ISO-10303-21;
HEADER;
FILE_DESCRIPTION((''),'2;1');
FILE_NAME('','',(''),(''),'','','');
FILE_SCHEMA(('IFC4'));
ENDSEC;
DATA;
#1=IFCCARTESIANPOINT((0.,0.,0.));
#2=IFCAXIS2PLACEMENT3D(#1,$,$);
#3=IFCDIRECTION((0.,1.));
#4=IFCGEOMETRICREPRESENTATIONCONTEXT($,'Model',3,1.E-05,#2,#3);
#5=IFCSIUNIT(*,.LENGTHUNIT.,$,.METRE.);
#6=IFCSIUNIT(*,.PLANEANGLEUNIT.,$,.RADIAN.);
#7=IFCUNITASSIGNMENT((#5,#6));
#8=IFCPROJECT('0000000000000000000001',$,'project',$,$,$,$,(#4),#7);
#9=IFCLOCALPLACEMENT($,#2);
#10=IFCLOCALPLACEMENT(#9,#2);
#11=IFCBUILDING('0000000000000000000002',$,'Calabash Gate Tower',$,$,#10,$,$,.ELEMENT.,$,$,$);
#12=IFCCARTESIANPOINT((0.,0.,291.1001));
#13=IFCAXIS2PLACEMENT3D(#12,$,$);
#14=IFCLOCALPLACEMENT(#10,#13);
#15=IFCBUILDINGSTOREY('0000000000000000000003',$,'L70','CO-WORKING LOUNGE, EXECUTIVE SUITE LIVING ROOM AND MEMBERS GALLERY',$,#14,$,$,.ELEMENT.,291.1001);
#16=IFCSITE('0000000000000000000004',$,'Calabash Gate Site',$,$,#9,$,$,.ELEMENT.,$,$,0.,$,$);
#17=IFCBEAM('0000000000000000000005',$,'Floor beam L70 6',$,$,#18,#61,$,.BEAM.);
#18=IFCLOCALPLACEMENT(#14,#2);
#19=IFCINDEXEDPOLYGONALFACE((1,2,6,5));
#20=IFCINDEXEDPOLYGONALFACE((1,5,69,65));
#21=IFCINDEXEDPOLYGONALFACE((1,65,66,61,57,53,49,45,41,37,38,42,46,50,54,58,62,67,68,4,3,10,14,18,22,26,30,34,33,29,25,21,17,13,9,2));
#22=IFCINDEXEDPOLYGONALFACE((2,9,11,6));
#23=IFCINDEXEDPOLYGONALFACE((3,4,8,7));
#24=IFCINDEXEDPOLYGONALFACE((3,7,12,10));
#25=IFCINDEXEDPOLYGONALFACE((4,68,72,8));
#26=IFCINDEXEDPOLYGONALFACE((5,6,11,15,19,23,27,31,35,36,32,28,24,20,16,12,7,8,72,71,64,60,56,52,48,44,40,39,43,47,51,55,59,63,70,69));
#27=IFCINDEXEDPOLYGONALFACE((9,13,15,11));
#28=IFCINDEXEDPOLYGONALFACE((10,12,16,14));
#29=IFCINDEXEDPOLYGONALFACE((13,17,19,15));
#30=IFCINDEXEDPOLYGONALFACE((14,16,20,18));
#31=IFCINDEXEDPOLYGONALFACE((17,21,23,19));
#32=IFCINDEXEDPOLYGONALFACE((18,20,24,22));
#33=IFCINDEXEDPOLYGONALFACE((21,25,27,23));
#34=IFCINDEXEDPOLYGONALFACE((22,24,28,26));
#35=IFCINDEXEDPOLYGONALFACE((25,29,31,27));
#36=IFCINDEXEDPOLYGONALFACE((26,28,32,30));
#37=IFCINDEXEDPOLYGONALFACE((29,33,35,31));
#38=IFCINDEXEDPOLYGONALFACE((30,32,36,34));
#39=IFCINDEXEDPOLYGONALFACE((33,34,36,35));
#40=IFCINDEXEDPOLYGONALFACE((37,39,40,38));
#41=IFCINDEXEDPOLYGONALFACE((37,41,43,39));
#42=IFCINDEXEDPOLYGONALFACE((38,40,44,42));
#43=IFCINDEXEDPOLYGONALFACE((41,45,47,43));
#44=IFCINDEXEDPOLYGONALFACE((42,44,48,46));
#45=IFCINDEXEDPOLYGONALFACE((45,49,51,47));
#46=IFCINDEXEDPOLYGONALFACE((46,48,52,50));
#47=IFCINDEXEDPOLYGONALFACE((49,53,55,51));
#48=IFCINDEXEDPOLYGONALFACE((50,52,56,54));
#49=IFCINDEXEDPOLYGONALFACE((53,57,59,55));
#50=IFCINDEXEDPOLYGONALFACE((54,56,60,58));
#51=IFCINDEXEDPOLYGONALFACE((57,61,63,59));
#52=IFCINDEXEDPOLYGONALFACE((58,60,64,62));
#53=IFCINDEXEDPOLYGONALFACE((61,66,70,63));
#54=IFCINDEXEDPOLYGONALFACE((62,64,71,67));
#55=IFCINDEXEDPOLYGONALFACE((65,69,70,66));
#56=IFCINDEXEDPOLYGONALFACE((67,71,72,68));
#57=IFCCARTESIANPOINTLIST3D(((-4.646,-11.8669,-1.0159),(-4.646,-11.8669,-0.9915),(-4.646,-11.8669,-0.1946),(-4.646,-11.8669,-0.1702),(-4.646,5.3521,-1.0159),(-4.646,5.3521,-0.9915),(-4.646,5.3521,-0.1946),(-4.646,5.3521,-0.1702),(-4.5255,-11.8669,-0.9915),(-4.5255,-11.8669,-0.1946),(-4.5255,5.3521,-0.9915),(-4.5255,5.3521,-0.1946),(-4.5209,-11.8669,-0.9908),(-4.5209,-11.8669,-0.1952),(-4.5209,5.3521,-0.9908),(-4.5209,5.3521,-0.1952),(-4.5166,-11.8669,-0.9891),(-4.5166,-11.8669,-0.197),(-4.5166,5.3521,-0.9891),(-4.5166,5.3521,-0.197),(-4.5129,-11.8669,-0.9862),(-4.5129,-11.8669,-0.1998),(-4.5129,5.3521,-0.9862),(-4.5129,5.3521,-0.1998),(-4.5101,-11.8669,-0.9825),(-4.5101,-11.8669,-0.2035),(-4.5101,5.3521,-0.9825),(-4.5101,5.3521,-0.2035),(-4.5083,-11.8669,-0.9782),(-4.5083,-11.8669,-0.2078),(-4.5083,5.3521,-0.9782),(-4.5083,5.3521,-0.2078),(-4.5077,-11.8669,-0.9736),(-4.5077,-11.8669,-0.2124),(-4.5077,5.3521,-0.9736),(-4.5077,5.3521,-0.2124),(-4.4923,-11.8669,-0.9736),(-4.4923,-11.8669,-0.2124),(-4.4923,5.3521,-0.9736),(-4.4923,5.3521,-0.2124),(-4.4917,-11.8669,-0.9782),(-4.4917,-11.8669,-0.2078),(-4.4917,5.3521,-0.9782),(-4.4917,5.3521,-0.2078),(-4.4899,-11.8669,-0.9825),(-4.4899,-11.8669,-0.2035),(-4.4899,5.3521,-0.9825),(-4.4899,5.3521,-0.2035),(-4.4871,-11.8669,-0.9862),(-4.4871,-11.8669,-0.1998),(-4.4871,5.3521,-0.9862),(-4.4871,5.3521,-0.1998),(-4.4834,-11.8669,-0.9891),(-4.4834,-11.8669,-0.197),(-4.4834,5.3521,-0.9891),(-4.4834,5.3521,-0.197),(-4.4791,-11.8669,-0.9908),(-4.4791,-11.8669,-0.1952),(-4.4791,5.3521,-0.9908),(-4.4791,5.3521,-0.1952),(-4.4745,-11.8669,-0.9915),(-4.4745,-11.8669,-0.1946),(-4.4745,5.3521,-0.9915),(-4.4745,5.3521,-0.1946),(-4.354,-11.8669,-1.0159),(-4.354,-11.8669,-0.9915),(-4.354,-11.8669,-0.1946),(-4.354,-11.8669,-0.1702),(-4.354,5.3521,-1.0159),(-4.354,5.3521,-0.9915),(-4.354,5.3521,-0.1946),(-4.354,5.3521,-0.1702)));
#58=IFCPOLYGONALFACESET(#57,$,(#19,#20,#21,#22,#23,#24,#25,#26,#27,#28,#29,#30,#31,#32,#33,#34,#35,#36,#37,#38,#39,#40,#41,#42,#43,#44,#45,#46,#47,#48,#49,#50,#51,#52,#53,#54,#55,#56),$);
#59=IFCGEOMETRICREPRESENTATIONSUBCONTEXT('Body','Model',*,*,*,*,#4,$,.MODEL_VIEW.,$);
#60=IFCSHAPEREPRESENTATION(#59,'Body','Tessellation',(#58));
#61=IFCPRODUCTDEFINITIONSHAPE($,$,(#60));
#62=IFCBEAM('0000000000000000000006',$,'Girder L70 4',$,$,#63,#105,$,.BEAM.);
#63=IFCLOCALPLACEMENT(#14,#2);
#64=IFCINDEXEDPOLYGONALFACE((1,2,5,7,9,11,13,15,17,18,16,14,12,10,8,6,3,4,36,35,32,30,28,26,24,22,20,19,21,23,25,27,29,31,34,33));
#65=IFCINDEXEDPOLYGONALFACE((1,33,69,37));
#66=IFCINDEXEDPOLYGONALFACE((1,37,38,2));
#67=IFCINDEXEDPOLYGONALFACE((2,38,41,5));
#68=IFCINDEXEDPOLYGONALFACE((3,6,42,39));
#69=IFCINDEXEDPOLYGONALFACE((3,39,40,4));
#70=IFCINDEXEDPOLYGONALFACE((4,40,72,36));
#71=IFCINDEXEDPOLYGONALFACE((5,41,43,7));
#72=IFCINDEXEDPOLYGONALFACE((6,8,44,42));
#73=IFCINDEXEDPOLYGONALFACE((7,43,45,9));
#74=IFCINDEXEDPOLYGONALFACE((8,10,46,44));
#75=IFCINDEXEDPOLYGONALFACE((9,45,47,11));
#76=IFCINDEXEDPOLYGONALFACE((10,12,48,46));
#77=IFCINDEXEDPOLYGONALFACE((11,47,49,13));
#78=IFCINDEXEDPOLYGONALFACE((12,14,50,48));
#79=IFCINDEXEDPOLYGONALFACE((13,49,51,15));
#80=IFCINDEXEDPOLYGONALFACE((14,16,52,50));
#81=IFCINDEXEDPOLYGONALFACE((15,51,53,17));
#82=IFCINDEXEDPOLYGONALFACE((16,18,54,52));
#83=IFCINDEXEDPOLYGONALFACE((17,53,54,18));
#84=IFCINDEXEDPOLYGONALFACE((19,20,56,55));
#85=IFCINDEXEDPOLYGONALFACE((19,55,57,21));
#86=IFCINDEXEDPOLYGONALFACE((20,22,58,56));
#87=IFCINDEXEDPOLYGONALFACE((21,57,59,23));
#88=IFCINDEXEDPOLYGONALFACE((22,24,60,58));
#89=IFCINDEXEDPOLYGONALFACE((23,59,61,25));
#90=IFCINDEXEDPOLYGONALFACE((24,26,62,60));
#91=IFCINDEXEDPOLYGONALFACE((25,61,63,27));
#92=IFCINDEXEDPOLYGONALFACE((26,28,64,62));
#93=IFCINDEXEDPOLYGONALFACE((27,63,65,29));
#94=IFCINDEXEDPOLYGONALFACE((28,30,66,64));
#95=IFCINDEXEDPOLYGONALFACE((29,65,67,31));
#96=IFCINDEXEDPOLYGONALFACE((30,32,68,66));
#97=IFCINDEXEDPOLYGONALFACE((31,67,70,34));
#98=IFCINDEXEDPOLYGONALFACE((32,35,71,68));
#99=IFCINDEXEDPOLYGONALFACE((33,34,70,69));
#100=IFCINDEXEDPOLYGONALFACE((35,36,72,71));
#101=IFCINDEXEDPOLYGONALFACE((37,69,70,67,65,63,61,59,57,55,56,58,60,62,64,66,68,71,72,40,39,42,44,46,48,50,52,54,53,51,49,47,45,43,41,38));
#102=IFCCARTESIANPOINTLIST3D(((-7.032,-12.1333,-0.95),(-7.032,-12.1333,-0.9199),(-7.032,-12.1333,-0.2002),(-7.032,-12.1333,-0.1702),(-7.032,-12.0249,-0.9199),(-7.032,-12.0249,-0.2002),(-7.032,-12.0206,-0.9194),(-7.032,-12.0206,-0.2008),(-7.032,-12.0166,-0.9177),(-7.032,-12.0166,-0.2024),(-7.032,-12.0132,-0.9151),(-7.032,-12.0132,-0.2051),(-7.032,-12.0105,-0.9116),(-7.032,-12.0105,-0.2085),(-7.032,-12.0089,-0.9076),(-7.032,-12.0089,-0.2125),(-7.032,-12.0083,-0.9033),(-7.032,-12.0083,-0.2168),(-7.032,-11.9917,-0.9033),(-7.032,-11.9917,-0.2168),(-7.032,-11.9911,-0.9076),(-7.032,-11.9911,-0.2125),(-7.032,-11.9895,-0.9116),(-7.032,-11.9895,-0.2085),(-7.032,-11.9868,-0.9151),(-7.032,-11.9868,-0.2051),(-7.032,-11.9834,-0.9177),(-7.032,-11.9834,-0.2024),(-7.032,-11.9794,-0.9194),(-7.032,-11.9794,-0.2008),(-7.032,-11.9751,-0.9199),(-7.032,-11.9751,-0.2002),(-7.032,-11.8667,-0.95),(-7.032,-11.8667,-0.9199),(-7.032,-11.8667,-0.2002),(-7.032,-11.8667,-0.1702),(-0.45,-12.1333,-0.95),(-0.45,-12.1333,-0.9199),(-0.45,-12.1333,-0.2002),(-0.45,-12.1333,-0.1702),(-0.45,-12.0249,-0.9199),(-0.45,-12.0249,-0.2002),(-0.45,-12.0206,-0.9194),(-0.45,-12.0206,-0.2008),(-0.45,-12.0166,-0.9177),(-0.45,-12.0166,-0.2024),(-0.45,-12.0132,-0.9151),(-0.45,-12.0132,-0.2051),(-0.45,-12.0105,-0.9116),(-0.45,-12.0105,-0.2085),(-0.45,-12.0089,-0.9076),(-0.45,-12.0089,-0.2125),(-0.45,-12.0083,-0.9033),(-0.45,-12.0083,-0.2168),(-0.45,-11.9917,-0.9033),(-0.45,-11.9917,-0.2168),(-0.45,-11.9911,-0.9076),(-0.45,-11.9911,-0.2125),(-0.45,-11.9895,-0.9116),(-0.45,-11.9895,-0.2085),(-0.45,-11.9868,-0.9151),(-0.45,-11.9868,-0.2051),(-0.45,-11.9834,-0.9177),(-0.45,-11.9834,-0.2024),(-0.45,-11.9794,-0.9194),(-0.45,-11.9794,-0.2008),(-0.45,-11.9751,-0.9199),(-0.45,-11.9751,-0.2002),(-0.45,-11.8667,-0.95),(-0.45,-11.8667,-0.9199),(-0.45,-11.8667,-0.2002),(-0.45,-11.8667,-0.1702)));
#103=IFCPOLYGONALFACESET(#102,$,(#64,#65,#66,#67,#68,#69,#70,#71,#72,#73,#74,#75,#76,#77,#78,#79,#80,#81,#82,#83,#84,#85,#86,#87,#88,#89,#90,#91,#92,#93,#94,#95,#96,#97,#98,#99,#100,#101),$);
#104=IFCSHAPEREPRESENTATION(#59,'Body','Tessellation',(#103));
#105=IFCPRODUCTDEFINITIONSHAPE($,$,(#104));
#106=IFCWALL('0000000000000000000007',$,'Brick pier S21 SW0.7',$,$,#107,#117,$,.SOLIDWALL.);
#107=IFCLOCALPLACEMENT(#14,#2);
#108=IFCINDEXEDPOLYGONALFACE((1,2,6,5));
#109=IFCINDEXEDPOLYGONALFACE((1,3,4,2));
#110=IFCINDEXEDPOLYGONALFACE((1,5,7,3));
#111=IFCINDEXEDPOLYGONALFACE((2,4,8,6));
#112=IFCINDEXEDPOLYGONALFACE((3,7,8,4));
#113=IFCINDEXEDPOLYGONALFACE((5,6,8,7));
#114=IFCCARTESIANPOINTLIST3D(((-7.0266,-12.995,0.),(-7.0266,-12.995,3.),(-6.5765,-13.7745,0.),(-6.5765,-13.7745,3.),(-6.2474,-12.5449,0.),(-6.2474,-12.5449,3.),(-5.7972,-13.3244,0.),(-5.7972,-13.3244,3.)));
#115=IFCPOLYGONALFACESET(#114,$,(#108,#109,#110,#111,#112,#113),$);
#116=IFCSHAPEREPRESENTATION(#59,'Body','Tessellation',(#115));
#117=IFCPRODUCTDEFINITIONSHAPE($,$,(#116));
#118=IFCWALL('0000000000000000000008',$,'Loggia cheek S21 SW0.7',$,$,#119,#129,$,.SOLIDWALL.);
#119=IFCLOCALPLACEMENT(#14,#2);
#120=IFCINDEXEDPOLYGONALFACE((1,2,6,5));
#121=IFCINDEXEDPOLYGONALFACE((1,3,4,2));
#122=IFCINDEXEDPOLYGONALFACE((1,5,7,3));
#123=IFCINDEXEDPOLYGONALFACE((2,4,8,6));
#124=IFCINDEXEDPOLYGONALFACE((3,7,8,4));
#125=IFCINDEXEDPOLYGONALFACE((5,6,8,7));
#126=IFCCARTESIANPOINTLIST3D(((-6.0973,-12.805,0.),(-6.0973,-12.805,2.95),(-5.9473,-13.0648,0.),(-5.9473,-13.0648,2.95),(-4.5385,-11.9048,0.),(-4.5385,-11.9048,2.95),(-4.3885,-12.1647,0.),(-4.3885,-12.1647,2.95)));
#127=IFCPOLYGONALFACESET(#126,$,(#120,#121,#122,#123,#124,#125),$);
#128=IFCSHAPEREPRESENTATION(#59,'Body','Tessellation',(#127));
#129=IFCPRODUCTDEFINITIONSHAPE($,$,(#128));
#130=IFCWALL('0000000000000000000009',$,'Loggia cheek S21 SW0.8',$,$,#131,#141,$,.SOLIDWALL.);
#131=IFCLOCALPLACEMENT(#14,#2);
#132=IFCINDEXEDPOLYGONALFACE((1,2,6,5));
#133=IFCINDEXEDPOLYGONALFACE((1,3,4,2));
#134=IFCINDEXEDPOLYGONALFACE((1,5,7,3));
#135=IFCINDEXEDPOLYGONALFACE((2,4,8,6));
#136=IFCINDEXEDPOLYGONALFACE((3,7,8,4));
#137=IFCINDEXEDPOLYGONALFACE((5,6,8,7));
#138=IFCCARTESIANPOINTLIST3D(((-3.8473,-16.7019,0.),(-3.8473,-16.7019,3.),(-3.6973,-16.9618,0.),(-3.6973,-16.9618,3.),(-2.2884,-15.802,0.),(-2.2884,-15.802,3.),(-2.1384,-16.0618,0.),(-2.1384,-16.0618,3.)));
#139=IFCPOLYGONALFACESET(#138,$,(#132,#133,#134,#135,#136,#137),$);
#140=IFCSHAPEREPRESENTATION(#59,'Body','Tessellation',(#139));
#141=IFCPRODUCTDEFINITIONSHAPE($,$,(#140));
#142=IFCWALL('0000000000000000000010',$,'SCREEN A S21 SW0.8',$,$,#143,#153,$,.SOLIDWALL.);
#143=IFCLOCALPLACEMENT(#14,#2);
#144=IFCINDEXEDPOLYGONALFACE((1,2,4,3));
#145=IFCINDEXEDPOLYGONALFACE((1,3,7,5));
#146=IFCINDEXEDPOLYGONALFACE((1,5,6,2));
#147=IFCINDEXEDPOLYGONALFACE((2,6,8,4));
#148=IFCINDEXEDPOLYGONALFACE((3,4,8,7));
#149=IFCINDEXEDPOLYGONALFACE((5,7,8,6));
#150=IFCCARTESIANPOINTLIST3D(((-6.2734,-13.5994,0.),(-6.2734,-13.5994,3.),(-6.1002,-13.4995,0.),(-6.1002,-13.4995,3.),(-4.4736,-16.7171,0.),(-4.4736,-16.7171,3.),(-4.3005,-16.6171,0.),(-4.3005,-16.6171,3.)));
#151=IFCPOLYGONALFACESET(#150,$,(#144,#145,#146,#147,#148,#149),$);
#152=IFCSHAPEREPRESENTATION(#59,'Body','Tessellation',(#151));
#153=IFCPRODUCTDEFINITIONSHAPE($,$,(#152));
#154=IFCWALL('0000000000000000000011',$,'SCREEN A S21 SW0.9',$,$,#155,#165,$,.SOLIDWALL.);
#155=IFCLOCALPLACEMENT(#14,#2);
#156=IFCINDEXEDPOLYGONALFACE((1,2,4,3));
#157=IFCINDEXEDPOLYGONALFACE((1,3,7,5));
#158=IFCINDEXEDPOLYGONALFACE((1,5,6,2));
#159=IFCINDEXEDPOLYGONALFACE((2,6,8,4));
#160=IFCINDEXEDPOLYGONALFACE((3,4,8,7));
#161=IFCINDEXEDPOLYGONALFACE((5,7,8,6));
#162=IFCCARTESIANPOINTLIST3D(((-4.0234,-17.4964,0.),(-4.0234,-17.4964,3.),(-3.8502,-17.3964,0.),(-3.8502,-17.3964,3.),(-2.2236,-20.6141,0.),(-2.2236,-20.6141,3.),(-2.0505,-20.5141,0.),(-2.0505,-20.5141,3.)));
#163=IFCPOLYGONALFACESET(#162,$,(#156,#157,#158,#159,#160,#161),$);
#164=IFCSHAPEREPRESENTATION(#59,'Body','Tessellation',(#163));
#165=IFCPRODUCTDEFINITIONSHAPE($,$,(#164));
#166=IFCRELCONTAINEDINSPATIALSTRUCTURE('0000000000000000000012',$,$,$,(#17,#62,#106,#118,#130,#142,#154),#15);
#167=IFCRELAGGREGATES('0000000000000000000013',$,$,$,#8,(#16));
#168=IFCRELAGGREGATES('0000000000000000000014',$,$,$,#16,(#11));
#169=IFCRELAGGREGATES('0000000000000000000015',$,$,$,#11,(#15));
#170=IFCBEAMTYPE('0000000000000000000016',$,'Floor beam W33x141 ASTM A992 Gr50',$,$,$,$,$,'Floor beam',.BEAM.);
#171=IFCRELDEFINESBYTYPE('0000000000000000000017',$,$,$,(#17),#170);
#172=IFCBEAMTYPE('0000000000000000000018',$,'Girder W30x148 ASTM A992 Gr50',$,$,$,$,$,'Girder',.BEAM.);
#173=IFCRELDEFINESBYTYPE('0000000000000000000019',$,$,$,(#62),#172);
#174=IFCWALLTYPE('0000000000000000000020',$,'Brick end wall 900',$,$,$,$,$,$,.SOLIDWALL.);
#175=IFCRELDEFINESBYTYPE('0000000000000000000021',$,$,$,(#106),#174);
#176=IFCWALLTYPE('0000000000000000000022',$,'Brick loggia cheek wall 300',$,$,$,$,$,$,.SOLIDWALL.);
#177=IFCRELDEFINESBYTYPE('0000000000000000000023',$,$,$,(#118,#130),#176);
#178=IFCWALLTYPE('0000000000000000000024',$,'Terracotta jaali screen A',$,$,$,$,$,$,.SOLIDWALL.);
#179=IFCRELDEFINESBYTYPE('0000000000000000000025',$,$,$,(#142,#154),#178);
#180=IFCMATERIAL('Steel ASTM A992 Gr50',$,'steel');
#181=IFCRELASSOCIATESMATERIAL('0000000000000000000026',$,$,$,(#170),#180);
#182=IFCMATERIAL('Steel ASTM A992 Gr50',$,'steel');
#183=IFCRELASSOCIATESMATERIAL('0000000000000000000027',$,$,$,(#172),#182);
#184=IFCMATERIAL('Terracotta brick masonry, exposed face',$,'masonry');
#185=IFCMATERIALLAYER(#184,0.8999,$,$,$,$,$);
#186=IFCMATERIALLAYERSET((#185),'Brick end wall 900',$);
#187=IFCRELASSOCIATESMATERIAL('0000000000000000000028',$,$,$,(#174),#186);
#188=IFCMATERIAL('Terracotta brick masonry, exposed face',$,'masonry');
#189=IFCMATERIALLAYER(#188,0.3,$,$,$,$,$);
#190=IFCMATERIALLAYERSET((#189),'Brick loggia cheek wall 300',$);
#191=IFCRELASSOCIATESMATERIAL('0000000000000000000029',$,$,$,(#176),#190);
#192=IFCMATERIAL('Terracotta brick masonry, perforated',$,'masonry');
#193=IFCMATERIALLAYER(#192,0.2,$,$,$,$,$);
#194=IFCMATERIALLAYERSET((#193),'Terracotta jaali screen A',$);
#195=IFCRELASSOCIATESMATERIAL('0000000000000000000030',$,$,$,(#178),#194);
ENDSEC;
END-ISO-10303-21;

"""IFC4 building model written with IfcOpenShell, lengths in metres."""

from ifc_helpers import new_model, si_unit, direction, frame, frame_2d, origin, origin_2d, place, context, subcontext, project, spatial, rectangle, i_section, extrude, material, layer, layer_set, material_profile, profile_set, type_object, element, save


model = new_model("IFC4")

# Units and contexts
model_context = context("Model", 3, precision=1e-05, world=origin(), true_north=direction((0.0, 1.0)))
body_context = subcontext(model_context, "Body", "Model", "MODEL_VIEW")
ifc_project = project(units=[si_unit("LENGTHUNIT", "METRE"), si_unit("PLANEANGLEUNIT", "RADIAN")], contexts=[model_context])

# Site, building, storey
site_placement = place(None, origin())
site = spatial("IfcSite", under=ifc_project, at=site_placement, Name="Calabash Gate Site", CompositionType="ELEMENT", RefElevation=0.0)
building_placement = place(site_placement, origin())
building = spatial("IfcBuilding", under=site, at=building_placement, Name="Calabash Gate Tower", CompositionType="ELEMENT")
storey_placement = place(building_placement, frame((0.0, 0.0, 291.1001)))
storey = spatial("IfcBuildingStorey", under=building, at=storey_placement, Name="L70", Description="CO-WORKING LOUNGE, EXECUTIVE SUITE LIVING ROOM AND MEMBERS GALLERY", CompositionType="ELEMENT", Elevation=291.1001)

# Beams
ifc_material_1 = material(Name="Steel ASTM A992 Gr50", Category="steel")
ifc_material_profile_1 = material_profile(ifc_material_1, i_section(OverallWidth=0.292, OverallDepth=0.8457, WebThickness=0.0154, FlangeThickness=0.0244, FilletRadius=0.0178, at=origin_2d()))
ifc_profile_set_1 = profile_set([ifc_material_profile_1], Name="Steel ASTM A992 Gr50")
beam_type_1 = type_object("IfcBeamType", Name="Floor beam W33x141 ASTM A992 Gr50", ElementType="Floor beam", PredefinedType="BEAM", material=ifc_profile_set_1)
beam_1_placement = place(storey_placement, frame((-4.5, -11.8669, -0.593), z_axis=(0.0, 1.0, 0.0), x_axis=(-1.0, 0.0, 0.0)))
element("IfcBeam", 1, at=beam_1_placement, inside=storey, type_object=beam_type_1, Name="Floor beam L70 6", PredefinedType="BEAM", context=body_context, shape_type="SweptSolid", body=[
    extrude(i_section(OverallWidth=0.292, OverallDepth=0.8457, WebThickness=0.0154, FlangeThickness=0.0244, FilletRadius=0.0178, at=origin_2d()), origin(), (0.0, 0.0, 1.0), 17.219),
])
ifc_material_2 = material(Name="Steel ASTM A992 Gr50", Category="steel")
ifc_material_profile_2 = material_profile(ifc_material_2, i_section(OverallWidth=0.2666, OverallDepth=0.7798, WebThickness=0.0166, FlangeThickness=0.03, FilletRadius=0.0166, at=origin_2d()))
ifc_profile_set_2 = profile_set([ifc_material_profile_2], Name="Steel ASTM A992 Gr50")
beam_type_2 = type_object("IfcBeamType", Name="Girder W30x148 ASTM A992 Gr50", ElementType="Girder", PredefinedType="BEAM", material=ifc_profile_set_2)
beam_2_placement = place(storey_placement, frame((-7.032, -12.0, -0.5601), z_axis=(1.0, 0.0, 0.0), x_axis=(0.0, 1.0, 0.0)))
element("IfcBeam", 2, at=beam_2_placement, inside=storey, type_object=beam_type_2, Name="Girder L70 4", PredefinedType="BEAM", context=body_context, shape_type="SweptSolid", body=[
    extrude(i_section(OverallWidth=0.2666, OverallDepth=0.7798, WebThickness=0.0166, FlangeThickness=0.03, FilletRadius=0.0166, at=origin_2d()), origin(), (0.0, 0.0, 1.0), 6.582),
])

# Walls
ifc_material_3 = material(Name="Terracotta brick masonry, exposed face", Category="masonry")
ifc_layer_1 = layer(ifc_material_3, 0.8999)
ifc_layer_set_1 = layer_set([ifc_layer_1], Name="Brick end wall 900")
wall_type_1 = type_object("IfcWallType", Name="Brick end wall 900", PredefinedType="SOLIDWALL", material=ifc_layer_set_1)
wall_1_placement = place(storey_placement, frame((-6.1868, -13.5496, 0.0), z_axis=(0.0, 0.0, 1.0), x_axis=(-0.500106, 0.865964, 0.0)))
element("IfcWall", 3, at=wall_1_placement, inside=storey, type_object=wall_type_1, Name="Brick pier S21 SW0.7", PredefinedType="SOLIDWALL", context=body_context, shape_type="SweptSolid", body=[
    extrude(rectangle(XDim=0.9001, YDim=0.8999, at=frame_2d((0.4502, 0.0))), origin(), (0.0, 0.0, 1.0), 3.0),
])
ifc_material_4 = material(Name="Terracotta brick masonry, exposed face", Category="masonry")
ifc_layer_2 = layer(ifc_material_4, 0.3)
ifc_layer_set_2 = layer_set([ifc_layer_2], Name="Brick loggia cheek wall 300")
wall_type_2 = type_object("IfcWallType", Name="Brick loggia cheek wall 300", PredefinedType="SOLIDWALL", material=ifc_layer_set_2)
wall_2_placement = place(storey_placement, frame((-6.0222, -12.9348, 0.0), z_axis=(0.0, 0.0, 1.0), x_axis=(0.865989, 0.500063, 0.0)))
element("IfcWall", 4, at=wall_2_placement, inside=storey, type_object=wall_type_2, Name="Loggia cheek S21 SW0.7", PredefinedType="SOLIDWALL", context=body_context, shape_type="SweptSolid", body=[
    extrude(rectangle(XDim=1.8, YDim=0.3, at=frame_2d((0.8999, 0.0))), origin(), (0.0, 0.0, 1.0), 2.95),
])
wall_3_placement = place(storey_placement, frame((-3.7722, -16.8318, 0.0), z_axis=(0.0, 0.0, 1.0), x_axis=(0.866048, 0.499961, 0.0)))
element("IfcWall", 5, at=wall_3_placement, inside=storey, type_object=wall_type_2, Name="Loggia cheek S21 SW0.8", PredefinedType="SOLIDWALL", context=body_context, shape_type="SweptSolid", body=[
    extrude(rectangle(XDim=1.8, YDim=0.3, at=frame_2d((0.8999, 0.0))), origin(), (0.0, 0.0, 1.0), 3.0),
])
ifc_material_5 = material(Name="Terracotta brick masonry, perforated", Category="masonry")
ifc_layer_3 = layer(ifc_material_5, 0.2)
ifc_layer_set_3 = layer_set([ifc_layer_3], Name="Terracotta jaali screen A")
wall_type_3 = type_object("IfcWallType", Name="Terracotta jaali screen A", PredefinedType="SOLIDWALL", material=ifc_layer_set_3)
for number, where, z_axis, x_axis, name in (
    (6, (-6.1868, -13.5496, 0.0), (0.0, 0.0, 1.0), (0.499961, -0.866048, 0.0), "SCREEN A S21 SW0.8"),
    (7, (-3.9368, -17.4465, 0.0), (0.0, 0.0, 1.0), (0.499961, -0.866048, 0.0), "SCREEN A S21 SW0.9"),
):
    element("IfcWall", number, at=place(storey_placement, frame(where, z_axis=z_axis, x_axis=x_axis)), inside=storey, type_object=wall_type_3, Name=name, PredefinedType="SOLIDWALL", context=body_context, shape_type="SweptSolid", body=[
        extrude(rectangle(XDim=3.5999, YDim=0.2, at=frame_2d((1.7998, 0.0))), origin(), (0.0, 0.0, 1.0), 3.0),
    ])

save(model, "model.ifc")
